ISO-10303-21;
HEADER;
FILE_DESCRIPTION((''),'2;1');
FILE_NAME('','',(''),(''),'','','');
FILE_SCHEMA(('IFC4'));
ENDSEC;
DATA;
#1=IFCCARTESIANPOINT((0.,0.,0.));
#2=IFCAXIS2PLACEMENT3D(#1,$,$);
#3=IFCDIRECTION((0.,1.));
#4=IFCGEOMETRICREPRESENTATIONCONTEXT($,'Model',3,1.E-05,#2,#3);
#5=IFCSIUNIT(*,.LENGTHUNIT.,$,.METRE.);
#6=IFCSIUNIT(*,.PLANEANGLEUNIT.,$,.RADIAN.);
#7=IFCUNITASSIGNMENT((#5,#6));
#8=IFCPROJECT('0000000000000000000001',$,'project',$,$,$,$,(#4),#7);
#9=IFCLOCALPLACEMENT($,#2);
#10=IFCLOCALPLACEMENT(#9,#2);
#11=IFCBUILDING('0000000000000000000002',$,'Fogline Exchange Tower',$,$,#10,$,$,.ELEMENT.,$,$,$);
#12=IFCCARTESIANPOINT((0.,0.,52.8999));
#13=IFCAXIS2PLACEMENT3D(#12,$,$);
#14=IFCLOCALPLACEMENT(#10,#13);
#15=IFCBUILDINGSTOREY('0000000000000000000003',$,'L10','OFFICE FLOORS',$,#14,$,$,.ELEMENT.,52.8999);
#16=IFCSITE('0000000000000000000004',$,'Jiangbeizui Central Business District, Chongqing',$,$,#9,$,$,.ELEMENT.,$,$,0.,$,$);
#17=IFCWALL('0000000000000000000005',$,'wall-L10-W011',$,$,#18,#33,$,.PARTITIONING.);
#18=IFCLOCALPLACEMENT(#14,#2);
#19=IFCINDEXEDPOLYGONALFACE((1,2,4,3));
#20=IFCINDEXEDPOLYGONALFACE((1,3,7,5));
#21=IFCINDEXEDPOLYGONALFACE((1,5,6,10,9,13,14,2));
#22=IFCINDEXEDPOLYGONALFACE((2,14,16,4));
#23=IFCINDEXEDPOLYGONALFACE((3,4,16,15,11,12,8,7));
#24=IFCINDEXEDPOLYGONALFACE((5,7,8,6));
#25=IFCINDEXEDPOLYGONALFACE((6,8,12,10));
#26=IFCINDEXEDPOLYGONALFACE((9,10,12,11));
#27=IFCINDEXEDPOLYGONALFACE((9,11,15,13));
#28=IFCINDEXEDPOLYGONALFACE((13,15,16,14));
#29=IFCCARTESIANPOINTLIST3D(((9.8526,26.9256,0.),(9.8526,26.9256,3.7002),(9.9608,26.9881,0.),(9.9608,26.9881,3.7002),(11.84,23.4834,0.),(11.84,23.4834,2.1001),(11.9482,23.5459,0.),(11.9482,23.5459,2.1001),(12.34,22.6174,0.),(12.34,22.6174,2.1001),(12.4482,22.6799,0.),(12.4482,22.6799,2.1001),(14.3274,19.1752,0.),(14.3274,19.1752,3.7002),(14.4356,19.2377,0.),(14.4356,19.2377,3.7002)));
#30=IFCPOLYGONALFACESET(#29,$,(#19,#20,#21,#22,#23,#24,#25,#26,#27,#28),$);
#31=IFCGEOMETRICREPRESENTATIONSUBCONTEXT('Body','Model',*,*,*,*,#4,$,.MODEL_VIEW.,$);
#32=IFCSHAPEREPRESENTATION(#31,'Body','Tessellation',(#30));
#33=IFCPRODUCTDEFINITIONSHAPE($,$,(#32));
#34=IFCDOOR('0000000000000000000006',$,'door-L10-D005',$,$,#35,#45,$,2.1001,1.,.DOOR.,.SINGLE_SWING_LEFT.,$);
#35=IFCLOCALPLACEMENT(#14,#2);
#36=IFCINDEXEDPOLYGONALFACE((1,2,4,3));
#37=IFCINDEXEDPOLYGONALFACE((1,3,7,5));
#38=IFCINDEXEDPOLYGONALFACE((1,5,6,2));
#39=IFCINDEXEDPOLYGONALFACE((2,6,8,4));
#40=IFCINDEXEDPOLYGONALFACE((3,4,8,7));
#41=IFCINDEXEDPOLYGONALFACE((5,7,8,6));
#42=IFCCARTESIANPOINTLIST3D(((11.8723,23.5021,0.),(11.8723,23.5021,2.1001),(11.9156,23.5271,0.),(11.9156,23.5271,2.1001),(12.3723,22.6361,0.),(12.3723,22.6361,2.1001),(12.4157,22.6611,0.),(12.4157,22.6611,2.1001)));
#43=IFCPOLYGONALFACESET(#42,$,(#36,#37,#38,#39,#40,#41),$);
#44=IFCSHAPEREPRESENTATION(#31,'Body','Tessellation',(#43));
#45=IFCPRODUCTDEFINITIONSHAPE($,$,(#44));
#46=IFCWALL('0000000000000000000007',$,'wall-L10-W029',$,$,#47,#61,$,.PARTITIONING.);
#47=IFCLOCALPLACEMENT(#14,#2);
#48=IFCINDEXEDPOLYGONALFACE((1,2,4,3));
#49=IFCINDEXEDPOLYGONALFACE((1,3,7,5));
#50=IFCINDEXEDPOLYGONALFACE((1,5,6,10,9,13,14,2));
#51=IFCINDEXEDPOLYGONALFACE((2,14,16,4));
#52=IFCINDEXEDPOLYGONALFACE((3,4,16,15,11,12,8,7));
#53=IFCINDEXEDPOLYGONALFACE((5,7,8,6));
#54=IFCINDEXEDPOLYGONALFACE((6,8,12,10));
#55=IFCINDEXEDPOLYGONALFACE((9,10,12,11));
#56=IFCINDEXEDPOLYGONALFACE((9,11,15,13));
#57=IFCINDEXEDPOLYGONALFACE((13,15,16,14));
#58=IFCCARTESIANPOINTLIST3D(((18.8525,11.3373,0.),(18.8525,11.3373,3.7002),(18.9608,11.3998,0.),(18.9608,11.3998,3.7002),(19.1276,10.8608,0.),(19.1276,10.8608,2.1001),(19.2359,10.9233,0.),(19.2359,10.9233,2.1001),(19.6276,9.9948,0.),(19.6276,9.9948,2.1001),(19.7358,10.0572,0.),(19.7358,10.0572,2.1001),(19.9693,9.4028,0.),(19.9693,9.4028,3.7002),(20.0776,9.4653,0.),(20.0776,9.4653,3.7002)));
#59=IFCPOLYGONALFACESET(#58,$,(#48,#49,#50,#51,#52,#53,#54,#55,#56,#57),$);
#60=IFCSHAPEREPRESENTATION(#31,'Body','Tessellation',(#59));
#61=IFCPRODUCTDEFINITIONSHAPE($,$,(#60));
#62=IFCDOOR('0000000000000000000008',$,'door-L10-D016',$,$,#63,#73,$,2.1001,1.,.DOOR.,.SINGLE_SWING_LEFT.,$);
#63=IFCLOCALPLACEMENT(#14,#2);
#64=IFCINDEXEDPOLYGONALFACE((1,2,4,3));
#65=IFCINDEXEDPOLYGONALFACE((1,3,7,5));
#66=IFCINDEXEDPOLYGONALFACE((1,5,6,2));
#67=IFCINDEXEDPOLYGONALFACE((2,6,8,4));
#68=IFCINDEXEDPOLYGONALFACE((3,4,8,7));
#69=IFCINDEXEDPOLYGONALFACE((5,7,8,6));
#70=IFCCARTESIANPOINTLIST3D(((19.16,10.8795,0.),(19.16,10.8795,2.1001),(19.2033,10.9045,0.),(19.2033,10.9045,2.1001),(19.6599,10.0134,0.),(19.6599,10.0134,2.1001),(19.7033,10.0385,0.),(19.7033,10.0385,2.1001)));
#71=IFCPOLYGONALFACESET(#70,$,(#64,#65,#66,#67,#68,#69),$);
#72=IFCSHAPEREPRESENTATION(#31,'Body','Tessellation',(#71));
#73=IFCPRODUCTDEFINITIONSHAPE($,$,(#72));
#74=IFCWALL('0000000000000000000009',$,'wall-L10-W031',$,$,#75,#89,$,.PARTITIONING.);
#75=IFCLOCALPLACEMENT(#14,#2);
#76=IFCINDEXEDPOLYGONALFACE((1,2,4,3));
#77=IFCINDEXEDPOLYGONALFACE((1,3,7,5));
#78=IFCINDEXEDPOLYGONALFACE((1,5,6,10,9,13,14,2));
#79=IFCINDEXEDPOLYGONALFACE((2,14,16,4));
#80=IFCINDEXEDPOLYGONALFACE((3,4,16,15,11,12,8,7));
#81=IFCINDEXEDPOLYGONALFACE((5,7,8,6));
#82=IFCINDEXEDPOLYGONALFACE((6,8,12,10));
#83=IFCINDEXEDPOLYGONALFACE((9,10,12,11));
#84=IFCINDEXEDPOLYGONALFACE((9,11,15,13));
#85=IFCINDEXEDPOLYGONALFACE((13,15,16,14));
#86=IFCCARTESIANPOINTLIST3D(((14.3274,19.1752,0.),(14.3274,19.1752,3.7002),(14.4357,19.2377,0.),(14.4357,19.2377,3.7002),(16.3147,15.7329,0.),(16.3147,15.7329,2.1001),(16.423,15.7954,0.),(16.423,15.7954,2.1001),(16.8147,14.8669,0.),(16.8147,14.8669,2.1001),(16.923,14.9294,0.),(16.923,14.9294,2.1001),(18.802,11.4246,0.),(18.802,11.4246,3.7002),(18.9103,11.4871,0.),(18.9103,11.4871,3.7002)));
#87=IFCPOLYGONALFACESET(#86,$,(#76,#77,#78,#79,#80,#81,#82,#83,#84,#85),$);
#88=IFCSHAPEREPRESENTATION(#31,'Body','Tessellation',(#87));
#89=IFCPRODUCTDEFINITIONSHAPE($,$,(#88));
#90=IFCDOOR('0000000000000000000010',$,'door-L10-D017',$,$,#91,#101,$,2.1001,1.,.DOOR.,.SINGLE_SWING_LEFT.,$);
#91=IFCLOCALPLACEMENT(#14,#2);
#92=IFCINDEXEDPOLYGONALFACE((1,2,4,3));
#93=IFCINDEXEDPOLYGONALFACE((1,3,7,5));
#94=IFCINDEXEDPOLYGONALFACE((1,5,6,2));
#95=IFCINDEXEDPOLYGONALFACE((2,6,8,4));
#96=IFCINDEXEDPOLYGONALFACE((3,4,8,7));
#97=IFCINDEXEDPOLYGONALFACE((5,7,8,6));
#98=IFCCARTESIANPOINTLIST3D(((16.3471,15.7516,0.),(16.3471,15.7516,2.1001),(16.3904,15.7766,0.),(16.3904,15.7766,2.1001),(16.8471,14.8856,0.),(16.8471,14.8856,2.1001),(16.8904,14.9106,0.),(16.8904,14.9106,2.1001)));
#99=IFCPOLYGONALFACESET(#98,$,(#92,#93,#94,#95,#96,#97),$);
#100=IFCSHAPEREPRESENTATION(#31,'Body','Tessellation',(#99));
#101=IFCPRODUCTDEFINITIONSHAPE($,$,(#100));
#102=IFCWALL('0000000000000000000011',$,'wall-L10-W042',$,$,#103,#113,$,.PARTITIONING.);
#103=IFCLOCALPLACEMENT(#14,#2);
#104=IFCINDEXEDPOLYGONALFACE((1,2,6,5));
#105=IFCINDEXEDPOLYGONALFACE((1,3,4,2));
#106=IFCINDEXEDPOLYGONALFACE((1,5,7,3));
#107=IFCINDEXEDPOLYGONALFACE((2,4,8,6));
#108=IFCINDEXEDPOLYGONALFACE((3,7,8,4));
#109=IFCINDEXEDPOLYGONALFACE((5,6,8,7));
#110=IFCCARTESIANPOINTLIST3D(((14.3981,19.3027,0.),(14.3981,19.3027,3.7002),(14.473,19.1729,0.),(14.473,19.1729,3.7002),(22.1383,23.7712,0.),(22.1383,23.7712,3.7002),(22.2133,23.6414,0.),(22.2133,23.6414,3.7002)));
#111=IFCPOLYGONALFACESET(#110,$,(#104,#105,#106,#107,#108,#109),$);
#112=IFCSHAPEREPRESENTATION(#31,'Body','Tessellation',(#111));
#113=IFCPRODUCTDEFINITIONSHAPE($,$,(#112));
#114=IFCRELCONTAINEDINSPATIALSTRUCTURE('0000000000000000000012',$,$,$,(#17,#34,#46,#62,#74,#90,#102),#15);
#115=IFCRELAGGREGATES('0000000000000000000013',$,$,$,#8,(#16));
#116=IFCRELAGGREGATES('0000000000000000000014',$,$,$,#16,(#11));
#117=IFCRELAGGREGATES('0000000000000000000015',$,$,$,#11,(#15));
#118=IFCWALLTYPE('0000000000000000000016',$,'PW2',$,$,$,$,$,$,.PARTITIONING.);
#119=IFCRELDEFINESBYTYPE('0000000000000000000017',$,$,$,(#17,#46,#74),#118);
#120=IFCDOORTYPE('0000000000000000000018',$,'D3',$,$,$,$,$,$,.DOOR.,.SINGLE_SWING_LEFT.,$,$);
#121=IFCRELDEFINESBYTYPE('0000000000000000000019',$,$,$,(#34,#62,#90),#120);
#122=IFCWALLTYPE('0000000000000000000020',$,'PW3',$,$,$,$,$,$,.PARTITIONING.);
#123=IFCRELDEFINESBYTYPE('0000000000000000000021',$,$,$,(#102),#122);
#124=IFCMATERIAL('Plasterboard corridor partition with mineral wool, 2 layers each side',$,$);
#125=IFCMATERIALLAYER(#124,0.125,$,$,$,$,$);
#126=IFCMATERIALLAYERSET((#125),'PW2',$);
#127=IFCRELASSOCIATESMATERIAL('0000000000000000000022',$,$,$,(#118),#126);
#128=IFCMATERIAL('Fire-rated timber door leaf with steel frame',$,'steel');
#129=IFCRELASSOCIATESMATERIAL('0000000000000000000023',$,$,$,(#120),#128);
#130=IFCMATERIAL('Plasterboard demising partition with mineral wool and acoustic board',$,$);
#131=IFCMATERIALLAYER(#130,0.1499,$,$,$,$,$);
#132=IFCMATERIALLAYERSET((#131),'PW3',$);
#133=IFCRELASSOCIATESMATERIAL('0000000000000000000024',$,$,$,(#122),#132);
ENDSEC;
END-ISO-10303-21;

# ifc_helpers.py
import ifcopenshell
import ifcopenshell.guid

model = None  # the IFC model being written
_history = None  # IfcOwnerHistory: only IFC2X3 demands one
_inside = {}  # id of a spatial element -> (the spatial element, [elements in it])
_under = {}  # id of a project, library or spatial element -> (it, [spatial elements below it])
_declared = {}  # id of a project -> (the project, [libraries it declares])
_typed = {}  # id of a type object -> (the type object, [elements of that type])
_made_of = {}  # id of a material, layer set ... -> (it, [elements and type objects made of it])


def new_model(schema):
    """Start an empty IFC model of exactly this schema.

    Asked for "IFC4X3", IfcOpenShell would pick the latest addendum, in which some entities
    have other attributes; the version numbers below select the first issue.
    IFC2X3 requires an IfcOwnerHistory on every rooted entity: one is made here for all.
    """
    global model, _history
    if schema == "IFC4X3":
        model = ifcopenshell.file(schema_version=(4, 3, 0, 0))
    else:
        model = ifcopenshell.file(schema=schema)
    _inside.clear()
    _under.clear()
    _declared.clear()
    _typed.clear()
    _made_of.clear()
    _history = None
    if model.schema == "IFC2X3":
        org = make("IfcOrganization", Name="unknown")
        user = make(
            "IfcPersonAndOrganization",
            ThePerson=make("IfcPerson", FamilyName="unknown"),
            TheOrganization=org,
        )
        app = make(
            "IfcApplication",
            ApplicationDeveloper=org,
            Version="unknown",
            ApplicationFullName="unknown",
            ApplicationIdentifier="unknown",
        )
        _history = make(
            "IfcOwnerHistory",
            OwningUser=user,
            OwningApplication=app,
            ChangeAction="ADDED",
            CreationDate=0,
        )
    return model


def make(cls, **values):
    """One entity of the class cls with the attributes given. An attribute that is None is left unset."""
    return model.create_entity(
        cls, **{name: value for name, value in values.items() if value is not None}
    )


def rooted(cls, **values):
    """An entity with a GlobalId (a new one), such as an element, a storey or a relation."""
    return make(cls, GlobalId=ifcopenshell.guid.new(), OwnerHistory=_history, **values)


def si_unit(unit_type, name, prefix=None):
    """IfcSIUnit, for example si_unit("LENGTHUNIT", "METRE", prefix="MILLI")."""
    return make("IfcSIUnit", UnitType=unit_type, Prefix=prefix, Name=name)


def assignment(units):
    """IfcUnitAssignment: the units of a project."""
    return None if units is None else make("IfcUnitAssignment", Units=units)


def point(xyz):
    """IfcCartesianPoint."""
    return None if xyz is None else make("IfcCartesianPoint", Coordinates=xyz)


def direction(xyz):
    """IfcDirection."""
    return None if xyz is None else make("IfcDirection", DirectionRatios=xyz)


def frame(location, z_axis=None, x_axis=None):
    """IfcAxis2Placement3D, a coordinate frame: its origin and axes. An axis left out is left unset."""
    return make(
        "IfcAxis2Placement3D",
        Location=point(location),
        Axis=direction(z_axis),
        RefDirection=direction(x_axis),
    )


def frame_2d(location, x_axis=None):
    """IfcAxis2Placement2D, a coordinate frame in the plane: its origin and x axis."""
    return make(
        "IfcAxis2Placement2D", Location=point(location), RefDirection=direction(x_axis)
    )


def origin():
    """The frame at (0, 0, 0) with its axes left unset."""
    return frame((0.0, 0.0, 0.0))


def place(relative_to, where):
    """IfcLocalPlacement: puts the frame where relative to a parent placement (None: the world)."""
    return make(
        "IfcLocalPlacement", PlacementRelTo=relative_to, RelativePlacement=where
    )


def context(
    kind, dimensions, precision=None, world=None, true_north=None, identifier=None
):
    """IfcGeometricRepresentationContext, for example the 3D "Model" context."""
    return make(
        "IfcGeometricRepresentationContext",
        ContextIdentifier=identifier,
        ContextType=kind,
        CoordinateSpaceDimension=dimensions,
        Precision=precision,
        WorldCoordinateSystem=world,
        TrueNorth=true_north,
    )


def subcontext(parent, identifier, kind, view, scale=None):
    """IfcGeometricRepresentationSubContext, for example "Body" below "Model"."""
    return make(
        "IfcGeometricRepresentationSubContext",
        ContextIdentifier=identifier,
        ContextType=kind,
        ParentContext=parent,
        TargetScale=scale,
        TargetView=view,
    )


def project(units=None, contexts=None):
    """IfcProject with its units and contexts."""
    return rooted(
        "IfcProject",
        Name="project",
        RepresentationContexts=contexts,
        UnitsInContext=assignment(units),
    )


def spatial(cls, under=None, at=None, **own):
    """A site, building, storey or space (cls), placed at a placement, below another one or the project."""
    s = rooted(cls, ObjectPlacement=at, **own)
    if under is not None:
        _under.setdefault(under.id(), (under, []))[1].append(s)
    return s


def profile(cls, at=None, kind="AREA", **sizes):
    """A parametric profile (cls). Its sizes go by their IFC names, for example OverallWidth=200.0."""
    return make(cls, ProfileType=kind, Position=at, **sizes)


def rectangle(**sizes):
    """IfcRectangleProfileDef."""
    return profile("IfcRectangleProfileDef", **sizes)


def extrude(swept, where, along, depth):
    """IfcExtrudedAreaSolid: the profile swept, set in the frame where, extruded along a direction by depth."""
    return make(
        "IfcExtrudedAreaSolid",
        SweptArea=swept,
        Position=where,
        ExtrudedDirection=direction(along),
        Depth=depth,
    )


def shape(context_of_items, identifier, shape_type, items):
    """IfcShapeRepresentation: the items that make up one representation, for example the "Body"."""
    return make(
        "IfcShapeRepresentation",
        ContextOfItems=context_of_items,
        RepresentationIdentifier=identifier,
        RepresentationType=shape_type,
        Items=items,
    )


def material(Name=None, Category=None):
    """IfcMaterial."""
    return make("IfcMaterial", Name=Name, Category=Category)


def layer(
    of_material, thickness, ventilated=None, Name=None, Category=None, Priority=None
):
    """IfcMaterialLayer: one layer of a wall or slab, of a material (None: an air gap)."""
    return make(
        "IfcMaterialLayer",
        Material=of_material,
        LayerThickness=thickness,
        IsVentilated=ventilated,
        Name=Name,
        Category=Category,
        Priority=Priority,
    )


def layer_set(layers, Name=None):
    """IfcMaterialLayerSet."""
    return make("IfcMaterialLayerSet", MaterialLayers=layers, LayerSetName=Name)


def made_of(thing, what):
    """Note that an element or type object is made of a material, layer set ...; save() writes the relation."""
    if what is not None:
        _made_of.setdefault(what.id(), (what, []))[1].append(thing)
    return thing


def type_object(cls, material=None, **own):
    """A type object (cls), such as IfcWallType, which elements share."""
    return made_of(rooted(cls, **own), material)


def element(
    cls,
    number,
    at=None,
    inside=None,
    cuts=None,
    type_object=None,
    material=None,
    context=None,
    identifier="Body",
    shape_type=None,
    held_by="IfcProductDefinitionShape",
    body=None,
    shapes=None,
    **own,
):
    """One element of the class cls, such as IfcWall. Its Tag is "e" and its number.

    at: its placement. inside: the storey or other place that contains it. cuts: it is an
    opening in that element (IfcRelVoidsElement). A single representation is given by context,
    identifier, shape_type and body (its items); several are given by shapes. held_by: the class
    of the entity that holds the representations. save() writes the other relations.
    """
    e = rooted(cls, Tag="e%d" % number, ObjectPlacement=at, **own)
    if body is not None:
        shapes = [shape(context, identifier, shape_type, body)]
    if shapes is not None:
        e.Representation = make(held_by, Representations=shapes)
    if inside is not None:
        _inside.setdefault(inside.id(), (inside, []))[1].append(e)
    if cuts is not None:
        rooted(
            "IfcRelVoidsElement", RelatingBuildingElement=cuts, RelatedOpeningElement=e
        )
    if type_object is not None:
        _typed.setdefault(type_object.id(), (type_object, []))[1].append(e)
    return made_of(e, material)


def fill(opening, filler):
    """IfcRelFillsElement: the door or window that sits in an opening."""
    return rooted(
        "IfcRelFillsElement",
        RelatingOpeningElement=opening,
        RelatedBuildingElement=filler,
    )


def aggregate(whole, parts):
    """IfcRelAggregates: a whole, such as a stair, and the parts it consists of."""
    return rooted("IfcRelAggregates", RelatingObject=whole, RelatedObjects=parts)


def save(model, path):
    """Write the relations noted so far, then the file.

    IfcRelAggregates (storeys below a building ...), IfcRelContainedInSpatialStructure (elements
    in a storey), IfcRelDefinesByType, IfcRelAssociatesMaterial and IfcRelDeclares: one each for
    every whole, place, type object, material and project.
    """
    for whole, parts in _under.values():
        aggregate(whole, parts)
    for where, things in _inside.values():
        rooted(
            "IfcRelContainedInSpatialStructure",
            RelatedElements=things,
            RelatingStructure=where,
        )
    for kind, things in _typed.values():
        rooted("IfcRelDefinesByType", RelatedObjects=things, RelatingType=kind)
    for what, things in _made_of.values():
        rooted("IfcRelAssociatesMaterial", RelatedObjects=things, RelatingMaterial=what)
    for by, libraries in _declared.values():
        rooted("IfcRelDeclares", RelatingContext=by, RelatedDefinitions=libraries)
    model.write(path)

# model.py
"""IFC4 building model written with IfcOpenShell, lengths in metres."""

from ifc_helpers import new_model, si_unit, direction, frame, frame_2d, origin, place, context, subcontext, project, spatial, rectangle, extrude, material, layer, layer_set, type_object, element, fill, save


model = new_model("IFC4")

# Units and contexts
model_context = context("Model", 3, precision=1e-05, world=origin(), true_north=direction((0.0, 1.0)))
body_context = subcontext(model_context, "Body", "Model", "MODEL_VIEW")
ifc_project = project(units=[si_unit("LENGTHUNIT", "METRE"), si_unit("PLANEANGLEUNIT", "RADIAN")], contexts=[model_context])

# Site, building, storey
site_placement = place(None, origin())
site = spatial("IfcSite", under=ifc_project, at=site_placement, Name="Jiangbeizui Central Business District, Chongqing", CompositionType="ELEMENT", RefElevation=0.0)
building_placement = place(site_placement, origin())
building = spatial("IfcBuilding", under=site, at=building_placement, Name="Fogline Exchange Tower", CompositionType="ELEMENT")
storey_placement = place(building_placement, frame((0.0, 0.0, 52.8999)))
storey = spatial("IfcBuildingStorey", under=building, at=storey_placement, Name="L10", Description="OFFICE FLOORS", CompositionType="ELEMENT", Elevation=52.8999)

# Shared definitions
ifc_material_1 = material(Name="Plasterboard corridor partition with mineral wool, 2 layers each side")
ifc_layer_1 = layer(ifc_material_1, 0.125)
ifc_layer_set_1 = layer_set([ifc_layer_1], Name="PW2")
wall_type_1 = type_object("IfcWallType", Name="PW2", PredefinedType="PARTITIONING", material=ifc_layer_set_1)

# Walls, openings, doors
wall_1_placement = place(storey_placement, frame((9.9067, 26.9568, 0.0), z_axis=(0.0, 0.0, 1.0), x_axis=(0.500009, -0.86602, 0.0)))
wall_1 = element("IfcWall", 1, at=wall_1_placement, inside=storey, type_object=wall_type_1, Name="wall-L10-W011", PredefinedType="PARTITIONING", context=body_context, shape_type="SweptSolid", body=[
    extrude(rectangle(XDim=8.9495, YDim=0.125, at=frame_2d((4.4746, 0.0))), origin(), (0.0, 0.0, 1.0), 3.7002),
])
opening_1_placement = place(wall_1_placement, frame((3.9746, 0.0, 0.0)))
opening_1 = element("IfcOpeningElement", 2, at=opening_1_placement, cuts=wall_1, PredefinedType="OPENING", context=body_context, shape_type="SweptSolid", body=[
    extrude(rectangle(XDim=1.0, YDim=2.1001, at=frame_2d((0.5, 1.05))), frame((0.0, 0.0725, 0.0), z_axis=(0.0, -1.0, 0.0), x_axis=(1.0, 0.0, 0.0)), (0.0, 0.0, 1.0), 0.145),
])
ifc_material_2 = material(Name="Fire-rated timber door leaf with steel frame", Category="steel")
door_type = type_object("IfcDoorType", Name="D3", OperationType="SINGLE_SWING_LEFT", PredefinedType="DOOR", material=ifc_material_2)
door_1_placement = place(opening_1_placement, origin())
door_1 = element("IfcDoor", 3, at=door_1_placement, inside=storey, type_object=door_type, Name="door-L10-D005", OperationType="SINGLE_SWING_LEFT", OverallHeight=2.1001, OverallWidth=1.0, PredefinedType="DOOR", context=body_context, shape_type="SweptSolid", body=[
    extrude(rectangle(XDim=1.0, YDim=2.1001, at=frame_2d((0.5, 1.05))), frame((0.0, 0.0249, 0.0), z_axis=(0.0, -1.0, 0.0), x_axis=(1.0, 0.0, 0.0)), (0.0, 0.0, 1.0), 0.05),
])
fill(opening_1, door_1)
wall_2_placement = place(storey_placement, frame((18.9067, 11.3684, 0.0), z_axis=(0.0, 0.0, 1.0), x_axis=(0.499972, -0.866042, 0.0)))
wall_2 = element("IfcWall", 4, at=wall_2_placement, inside=storey, type_object=wall_type_1, Name="wall-L10-W029", PredefinedType="PARTITIONING", context=body_context, shape_type="SweptSolid", body=[
    extrude(rectangle(XDim=2.2336, YDim=0.125, at=frame_2d((1.1167, 0.0))), origin(), (0.0, 0.0, 1.0), 3.7002),
])
opening_2_placement = place(wall_2_placement, frame((0.55, 0.0, 0.0)))
opening_2 = element("IfcOpeningElement", 5, at=opening_2_placement, cuts=wall_2, PredefinedType="OPENING", context=body_context, shape_type="SweptSolid", body=[
    extrude(rectangle(XDim=1.0, YDim=2.1001, at=frame_2d((0.5, 1.05))), frame((0.0, 0.0725, 0.0), z_axis=(0.0, -1.0, 0.0), x_axis=(1.0, 0.0, 0.0)), (0.0, 0.0, 1.0), 0.145),
])
door_2_placement = place(opening_2_placement, origin())
door_2 = element("IfcDoor", 6, at=door_2_placement, inside=storey, type_object=door_type, Name="door-L10-D016", OperationType="SINGLE_SWING_LEFT", OverallHeight=2.1001, OverallWidth=1.0, PredefinedType="DOOR", context=body_context, shape_type="SweptSolid", body=[
    extrude(rectangle(XDim=1.0, YDim=2.1001, at=frame_2d((0.5, 1.05))), frame((0.0, 0.0249, 0.0), z_axis=(0.0, -1.0, 0.0), x_axis=(1.0, 0.0, 0.0)), (0.0, 0.0, 1.0), 0.05),
])
fill(opening_2, door_2)
wall_3_placement = place(storey_placement, frame((14.3816, 19.2063, 0.0), z_axis=(0.0, 0.0, 1.0), x_axis=(0.499989, -0.866032, 0.0)))
wall_3 = element("IfcWall", 7, at=wall_3_placement, inside=storey, type_object=wall_type_1, Name="wall-L10-W031", PredefinedType="PARTITIONING", context=body_context, shape_type="SweptSolid", body=[
    extrude(rectangle(XDim=8.9495, YDim=0.125, at=frame_2d((4.4746, 0.0))), origin(), (0.0, 0.0, 1.0), 3.7002),
])
opening_3_placement = place(wall_3_placement, frame((3.9746, 0.0, 0.0)))
opening_3 = element("IfcOpeningElement", 8, at=opening_3_placement, cuts=wall_3, PredefinedType="OPENING", context=body_context, shape_type="SweptSolid", body=[
    extrude(rectangle(XDim=1.0, YDim=2.1001, at=frame_2d((0.5, 1.05))), frame((0.0, 0.0725, 0.0), z_axis=(0.0, -1.0, 0.0), x_axis=(1.0, 0.0, 0.0)), (0.0, 0.0, 1.0), 0.145),
])
door_3_placement = place(opening_3_placement, origin())
door_3 = element("IfcDoor", 9, at=door_3_placement, inside=storey, type_object=door_type, Name="door-L10-D017", OperationType="SINGLE_SWING_LEFT", OverallHeight=2.1001, OverallWidth=1.0, PredefinedType="DOOR", context=body_context, shape_type="SweptSolid", body=[
    extrude(rectangle(XDim=1.0, YDim=2.1001, at=frame_2d((0.5, 1.05))), frame((0.0, 0.0249, 0.0), z_axis=(0.0, -1.0, 0.0), x_axis=(1.0, 0.0, 0.0)), (0.0, 0.0, 1.0), 0.05),
])
fill(opening_3, door_3)

# Wall
ifc_material_3 = material(Name="Plasterboard demising partition with mineral wool and acoustic board")
ifc_layer_2 = layer(ifc_material_3, 0.1499)
ifc_layer_set_2 = layer_set([ifc_layer_2], Name="PW3")
wall_type_2 = type_object("IfcWallType", Name="PW3", PredefinedType="PARTITIONING", material=ifc_layer_set_2)
wall_4_placement = place(storey_placement, frame((22.1758, 23.7063, 0.0), z_axis=(0.0, 0.0, 1.0), x_axis=(-0.866041, -0.499973, 0.0)))
element("IfcWall", 10, at=wall_4_placement, inside=storey, type_object=wall_type_2, Name="wall-L10-W042", PredefinedType="PARTITIONING", context=body_context, shape_type="SweptSolid", body=[
    extrude(rectangle(XDim=8.9375, YDim=0.1499, at=frame_2d((4.4688, 0.0))), origin(), (0.0, 0.0, 1.0), 3.7002),
])

save(model, "model.ifc")
